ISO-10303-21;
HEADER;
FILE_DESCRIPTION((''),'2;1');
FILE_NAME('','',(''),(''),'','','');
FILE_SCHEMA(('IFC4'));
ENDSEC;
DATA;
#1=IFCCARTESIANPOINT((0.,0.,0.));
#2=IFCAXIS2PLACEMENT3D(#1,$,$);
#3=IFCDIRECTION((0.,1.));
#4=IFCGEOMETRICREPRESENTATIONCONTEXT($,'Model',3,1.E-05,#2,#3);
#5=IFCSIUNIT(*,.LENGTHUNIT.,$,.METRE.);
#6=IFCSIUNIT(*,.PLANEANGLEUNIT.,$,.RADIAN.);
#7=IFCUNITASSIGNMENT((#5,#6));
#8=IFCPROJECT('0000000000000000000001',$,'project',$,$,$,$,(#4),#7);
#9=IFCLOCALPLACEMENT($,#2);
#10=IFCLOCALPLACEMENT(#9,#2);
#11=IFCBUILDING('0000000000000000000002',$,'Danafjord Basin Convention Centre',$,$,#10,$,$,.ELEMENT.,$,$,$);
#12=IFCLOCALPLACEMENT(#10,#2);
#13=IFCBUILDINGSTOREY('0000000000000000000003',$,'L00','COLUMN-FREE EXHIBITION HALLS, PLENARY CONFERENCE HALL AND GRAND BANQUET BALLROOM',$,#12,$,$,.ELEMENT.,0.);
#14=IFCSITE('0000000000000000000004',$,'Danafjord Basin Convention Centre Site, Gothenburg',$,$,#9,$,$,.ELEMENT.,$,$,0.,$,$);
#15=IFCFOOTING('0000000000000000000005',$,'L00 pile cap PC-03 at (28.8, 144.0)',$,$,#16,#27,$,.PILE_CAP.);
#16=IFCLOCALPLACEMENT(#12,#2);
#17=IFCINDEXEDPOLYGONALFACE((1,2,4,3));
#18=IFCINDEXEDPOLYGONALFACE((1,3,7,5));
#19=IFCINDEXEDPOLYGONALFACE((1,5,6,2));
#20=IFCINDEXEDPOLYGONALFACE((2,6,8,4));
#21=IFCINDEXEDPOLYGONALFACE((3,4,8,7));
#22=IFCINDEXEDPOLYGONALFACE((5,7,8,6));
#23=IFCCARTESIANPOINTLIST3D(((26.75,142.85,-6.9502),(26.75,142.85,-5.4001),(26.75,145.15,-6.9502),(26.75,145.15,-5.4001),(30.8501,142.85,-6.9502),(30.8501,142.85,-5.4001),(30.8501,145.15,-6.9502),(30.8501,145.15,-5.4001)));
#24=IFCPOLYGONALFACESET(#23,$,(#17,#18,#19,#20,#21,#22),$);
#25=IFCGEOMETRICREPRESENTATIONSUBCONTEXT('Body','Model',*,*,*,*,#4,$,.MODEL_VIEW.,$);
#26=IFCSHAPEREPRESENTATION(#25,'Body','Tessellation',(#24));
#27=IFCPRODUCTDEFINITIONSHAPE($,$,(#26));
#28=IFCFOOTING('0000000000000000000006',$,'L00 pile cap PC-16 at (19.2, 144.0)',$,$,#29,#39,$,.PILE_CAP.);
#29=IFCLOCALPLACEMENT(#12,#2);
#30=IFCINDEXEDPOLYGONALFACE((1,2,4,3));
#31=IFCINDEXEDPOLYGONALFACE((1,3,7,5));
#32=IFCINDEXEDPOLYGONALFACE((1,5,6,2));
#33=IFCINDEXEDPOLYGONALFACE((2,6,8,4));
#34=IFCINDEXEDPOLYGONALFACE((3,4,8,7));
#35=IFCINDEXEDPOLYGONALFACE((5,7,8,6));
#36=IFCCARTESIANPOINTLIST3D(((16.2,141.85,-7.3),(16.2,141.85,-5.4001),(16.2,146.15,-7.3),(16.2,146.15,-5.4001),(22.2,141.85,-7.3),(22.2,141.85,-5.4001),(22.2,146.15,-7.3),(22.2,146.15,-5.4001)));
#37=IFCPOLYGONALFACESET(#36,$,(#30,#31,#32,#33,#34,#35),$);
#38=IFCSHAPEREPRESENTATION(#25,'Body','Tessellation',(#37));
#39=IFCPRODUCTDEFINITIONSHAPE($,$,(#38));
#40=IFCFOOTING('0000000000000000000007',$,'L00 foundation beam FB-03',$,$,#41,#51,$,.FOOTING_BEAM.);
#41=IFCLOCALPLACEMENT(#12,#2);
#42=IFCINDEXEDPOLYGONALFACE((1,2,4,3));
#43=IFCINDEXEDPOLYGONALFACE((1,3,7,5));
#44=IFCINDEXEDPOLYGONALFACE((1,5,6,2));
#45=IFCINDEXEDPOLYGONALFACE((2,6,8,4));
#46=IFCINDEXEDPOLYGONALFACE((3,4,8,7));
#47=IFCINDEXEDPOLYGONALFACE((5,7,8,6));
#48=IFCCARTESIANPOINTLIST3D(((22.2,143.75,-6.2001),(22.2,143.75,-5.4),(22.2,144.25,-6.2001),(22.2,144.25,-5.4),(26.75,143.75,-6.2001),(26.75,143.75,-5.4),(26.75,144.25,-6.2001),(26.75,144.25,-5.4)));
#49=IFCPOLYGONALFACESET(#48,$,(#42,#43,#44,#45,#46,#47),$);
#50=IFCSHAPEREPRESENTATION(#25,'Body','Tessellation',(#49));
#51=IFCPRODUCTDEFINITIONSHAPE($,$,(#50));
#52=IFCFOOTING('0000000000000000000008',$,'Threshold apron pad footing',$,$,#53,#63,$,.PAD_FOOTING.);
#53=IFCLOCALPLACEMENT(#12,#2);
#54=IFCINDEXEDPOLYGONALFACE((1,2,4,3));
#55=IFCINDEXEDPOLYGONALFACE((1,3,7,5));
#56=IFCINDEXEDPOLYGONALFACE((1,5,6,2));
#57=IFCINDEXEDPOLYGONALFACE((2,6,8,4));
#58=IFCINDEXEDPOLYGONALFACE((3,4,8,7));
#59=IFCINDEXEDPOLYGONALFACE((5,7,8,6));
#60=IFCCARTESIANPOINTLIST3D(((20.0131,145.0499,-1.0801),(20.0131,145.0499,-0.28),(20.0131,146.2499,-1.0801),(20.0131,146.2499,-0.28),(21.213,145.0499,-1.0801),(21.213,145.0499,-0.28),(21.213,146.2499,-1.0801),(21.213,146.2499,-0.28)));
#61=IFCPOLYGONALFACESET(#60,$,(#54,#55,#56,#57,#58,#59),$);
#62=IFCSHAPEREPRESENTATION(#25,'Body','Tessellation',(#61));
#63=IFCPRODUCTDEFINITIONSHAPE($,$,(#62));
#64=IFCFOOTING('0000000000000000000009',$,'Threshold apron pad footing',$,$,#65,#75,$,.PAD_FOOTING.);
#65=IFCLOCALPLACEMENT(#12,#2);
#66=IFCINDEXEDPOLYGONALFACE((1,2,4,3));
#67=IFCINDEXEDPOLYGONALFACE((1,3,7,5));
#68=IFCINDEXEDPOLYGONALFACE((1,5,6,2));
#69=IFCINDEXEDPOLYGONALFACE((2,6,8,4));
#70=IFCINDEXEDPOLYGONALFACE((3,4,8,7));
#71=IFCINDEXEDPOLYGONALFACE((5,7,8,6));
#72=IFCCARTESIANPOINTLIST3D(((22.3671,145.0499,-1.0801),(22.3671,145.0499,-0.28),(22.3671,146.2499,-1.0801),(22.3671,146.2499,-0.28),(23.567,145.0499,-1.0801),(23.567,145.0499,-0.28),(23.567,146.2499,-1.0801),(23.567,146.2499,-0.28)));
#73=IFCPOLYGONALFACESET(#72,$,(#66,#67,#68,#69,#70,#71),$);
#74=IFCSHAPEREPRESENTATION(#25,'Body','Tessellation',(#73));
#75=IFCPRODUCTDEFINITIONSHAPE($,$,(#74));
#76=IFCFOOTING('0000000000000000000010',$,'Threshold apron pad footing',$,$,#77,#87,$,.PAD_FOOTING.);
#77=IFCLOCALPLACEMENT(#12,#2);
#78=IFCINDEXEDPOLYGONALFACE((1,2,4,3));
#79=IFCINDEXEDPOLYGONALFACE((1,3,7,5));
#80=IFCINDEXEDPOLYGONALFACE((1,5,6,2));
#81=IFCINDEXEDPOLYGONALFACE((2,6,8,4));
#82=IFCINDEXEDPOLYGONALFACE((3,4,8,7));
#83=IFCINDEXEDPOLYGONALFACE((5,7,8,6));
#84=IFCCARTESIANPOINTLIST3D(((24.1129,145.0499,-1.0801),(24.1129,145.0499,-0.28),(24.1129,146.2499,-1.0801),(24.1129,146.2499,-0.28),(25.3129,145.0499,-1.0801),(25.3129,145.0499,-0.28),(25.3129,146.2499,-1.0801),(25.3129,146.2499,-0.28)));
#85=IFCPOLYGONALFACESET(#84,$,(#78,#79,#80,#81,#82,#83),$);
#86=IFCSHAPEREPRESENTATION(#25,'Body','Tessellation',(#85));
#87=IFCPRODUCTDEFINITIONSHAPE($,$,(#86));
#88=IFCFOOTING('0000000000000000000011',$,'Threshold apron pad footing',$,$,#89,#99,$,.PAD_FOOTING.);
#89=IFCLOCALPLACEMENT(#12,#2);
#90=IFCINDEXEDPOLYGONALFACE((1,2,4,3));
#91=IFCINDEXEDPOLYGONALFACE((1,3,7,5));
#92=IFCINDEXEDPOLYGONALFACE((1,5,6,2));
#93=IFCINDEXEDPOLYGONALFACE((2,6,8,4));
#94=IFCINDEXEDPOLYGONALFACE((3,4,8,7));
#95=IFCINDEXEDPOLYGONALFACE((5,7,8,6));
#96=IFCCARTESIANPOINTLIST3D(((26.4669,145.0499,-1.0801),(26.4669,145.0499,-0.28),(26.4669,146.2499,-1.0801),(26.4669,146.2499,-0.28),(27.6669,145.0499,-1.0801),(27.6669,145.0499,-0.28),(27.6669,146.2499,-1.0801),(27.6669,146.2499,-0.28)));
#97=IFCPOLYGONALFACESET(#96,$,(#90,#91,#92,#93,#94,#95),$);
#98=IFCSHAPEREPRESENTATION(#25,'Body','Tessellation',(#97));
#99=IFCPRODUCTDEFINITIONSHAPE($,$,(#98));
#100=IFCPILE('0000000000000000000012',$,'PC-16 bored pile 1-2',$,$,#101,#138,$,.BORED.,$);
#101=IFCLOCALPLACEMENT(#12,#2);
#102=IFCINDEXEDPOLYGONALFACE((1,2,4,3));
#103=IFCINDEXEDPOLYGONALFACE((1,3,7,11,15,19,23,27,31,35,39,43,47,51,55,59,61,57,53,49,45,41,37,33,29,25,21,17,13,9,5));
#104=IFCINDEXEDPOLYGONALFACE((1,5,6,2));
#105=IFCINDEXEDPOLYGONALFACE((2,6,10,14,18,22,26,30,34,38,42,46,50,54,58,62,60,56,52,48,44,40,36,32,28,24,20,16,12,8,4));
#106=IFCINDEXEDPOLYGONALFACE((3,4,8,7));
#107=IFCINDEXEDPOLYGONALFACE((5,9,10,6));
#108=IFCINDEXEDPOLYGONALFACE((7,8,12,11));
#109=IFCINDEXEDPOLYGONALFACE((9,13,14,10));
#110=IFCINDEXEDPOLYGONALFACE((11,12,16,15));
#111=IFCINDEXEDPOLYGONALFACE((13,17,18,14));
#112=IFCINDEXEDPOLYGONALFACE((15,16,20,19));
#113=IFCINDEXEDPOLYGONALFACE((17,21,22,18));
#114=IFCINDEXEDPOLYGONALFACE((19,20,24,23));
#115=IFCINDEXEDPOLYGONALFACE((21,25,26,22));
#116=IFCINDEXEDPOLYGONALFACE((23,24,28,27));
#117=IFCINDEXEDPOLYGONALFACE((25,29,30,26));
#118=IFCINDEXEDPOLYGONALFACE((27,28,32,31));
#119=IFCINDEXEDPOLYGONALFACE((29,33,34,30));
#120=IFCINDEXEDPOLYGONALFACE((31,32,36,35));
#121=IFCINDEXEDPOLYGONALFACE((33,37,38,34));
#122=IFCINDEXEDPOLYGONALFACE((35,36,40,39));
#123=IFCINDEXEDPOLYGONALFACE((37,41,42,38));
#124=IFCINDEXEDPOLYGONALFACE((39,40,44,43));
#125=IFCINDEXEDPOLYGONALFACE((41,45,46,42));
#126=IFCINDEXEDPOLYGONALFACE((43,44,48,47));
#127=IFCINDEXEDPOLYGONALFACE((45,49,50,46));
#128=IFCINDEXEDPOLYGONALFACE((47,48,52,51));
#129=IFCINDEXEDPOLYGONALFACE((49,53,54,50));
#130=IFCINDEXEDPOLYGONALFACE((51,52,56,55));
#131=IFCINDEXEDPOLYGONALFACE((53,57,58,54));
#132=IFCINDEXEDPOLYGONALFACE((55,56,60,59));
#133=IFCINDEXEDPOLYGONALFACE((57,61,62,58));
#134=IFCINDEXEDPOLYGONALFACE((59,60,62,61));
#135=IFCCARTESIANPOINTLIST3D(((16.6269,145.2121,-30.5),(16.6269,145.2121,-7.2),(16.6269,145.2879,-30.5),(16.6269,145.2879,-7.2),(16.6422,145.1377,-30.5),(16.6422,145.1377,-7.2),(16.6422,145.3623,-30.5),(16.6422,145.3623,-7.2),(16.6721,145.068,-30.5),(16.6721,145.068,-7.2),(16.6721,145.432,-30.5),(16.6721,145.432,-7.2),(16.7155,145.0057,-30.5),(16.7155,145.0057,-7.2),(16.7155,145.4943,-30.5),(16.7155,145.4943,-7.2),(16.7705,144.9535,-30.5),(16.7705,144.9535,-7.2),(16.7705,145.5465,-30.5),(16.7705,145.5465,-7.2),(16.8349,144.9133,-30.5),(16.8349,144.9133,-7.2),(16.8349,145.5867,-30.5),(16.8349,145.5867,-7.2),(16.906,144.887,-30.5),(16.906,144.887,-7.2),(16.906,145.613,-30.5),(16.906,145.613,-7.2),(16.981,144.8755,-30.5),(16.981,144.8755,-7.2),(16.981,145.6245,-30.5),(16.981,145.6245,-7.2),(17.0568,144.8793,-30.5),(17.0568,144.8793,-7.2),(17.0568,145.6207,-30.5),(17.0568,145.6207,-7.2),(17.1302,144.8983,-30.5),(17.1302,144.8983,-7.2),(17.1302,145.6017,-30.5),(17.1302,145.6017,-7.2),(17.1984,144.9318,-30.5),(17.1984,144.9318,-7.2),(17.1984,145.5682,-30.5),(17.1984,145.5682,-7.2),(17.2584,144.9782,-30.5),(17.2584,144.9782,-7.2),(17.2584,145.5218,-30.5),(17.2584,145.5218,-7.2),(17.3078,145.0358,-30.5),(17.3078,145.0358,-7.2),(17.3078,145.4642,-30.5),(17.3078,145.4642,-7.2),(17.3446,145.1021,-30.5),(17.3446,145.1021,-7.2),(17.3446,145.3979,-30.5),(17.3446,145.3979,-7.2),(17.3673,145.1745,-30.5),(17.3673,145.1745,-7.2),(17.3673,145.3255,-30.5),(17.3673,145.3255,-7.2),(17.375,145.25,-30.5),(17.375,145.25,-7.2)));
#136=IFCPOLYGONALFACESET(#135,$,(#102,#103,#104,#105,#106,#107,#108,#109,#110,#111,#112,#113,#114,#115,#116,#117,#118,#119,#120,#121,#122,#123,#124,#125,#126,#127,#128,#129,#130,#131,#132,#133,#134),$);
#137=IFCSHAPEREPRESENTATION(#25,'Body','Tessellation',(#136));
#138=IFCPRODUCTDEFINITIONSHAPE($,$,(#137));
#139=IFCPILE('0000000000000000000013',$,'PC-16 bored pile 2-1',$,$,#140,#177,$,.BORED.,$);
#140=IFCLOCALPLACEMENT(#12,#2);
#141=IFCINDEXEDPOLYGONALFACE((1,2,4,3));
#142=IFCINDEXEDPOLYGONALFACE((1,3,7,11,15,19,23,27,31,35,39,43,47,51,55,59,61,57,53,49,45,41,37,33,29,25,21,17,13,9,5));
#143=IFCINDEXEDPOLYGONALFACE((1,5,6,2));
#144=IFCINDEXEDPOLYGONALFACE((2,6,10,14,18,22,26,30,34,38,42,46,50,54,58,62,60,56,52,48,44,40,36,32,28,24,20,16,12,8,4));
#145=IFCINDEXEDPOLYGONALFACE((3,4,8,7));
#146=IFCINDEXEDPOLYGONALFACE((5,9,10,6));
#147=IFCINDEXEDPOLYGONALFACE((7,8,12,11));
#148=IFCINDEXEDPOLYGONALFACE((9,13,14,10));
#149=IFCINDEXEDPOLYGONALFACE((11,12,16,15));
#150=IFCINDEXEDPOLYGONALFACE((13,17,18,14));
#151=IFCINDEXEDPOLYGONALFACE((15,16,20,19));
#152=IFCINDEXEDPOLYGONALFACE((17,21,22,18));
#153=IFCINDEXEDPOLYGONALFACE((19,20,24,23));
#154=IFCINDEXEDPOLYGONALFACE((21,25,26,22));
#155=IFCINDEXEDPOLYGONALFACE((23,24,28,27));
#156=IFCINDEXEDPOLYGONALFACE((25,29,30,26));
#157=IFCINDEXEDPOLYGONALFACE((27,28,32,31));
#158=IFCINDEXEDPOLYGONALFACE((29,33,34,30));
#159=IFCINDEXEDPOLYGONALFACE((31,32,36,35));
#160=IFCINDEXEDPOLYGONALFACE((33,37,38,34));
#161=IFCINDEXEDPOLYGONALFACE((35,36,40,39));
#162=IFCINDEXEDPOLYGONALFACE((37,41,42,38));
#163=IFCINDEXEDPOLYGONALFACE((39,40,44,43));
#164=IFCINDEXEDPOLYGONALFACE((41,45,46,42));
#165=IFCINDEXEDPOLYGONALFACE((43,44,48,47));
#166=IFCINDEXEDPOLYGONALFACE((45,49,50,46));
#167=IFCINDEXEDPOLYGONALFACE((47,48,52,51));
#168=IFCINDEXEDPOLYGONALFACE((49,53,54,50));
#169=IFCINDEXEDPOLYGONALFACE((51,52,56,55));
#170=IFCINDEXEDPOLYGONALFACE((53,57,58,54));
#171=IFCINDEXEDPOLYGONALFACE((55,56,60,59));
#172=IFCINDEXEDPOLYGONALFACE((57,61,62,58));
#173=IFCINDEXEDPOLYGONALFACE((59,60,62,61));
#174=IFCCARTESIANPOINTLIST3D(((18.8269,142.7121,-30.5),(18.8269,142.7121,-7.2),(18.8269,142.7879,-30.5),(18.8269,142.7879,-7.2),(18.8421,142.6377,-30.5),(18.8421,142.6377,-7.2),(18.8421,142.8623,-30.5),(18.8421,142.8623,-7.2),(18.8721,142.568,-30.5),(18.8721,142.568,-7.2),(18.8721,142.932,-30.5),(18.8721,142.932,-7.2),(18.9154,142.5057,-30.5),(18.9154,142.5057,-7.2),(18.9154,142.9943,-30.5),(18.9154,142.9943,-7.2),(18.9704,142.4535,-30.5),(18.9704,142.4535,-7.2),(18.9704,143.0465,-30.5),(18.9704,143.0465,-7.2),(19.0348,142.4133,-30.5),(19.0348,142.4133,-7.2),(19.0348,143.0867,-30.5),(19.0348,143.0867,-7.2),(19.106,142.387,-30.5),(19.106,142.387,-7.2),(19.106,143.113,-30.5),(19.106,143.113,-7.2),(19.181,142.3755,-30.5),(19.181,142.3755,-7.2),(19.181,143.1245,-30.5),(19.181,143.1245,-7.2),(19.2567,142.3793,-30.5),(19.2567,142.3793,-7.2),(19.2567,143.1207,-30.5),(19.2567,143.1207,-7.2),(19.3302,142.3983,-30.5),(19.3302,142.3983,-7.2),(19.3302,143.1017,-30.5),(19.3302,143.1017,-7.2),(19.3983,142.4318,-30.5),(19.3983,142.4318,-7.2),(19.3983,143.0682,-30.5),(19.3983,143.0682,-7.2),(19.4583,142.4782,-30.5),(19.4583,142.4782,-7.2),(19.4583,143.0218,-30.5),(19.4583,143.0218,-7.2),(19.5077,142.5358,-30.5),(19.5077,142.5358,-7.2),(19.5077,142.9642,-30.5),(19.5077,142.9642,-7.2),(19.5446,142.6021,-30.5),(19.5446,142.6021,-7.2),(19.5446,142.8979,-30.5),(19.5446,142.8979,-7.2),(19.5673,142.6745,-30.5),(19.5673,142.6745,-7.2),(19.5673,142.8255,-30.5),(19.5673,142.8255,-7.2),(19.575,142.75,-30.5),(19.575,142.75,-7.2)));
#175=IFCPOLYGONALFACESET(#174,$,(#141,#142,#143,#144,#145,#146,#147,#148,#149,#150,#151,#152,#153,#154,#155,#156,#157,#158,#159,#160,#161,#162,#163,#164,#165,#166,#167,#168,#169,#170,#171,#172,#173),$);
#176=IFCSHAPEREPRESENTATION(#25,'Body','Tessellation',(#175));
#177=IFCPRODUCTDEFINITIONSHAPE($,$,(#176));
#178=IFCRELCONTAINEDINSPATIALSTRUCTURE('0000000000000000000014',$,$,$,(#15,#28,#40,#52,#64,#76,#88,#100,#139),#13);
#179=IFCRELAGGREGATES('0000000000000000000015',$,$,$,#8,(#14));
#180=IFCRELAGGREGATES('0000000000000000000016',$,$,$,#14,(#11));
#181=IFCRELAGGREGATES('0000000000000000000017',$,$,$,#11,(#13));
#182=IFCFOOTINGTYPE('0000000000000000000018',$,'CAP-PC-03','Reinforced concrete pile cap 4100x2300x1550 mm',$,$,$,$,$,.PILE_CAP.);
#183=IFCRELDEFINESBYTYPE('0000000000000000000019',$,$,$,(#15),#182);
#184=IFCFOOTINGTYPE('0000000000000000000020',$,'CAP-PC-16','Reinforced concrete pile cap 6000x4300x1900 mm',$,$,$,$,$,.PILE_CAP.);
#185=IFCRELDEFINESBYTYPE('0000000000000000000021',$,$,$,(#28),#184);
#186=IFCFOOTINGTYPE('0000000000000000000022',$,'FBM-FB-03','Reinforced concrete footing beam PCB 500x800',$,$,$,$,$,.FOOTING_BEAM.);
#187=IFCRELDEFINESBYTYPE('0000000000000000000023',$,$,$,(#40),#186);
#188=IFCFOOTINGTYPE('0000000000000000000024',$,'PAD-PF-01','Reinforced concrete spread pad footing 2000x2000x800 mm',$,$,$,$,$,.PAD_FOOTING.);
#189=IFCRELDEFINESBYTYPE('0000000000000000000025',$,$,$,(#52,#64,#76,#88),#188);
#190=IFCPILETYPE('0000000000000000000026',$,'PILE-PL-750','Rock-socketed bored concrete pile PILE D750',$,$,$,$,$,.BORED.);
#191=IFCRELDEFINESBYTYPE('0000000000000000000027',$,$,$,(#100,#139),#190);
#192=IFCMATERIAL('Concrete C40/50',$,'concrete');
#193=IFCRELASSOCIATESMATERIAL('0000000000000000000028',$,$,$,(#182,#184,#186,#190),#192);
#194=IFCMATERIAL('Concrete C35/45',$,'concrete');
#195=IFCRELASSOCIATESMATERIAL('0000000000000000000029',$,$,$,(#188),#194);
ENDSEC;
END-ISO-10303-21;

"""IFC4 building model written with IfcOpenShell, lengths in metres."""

from ifc_helpers import new_model, si_unit, direction, frame, origin, origin_2d, place, context, subcontext, project, spatial, rectangle, circle, extrude, material, material_profile, profile_set, type_object, element, save


model = new_model("IFC4")

# Units and contexts
model_context = context("Model", 3, precision=1e-05, world=origin(), true_north=direction((0.0, 1.0)))
body_context = subcontext(model_context, "Body", "Model", "MODEL_VIEW")
ifc_project = project(units=[si_unit("LENGTHUNIT", "METRE"), si_unit("PLANEANGLEUNIT", "RADIAN")], contexts=[model_context])

# Site, building, storey
site_placement = place(None, origin())
site = spatial("IfcSite", under=ifc_project, at=site_placement, Name="Danafjord Basin Convention Centre Site, Gothenburg", CompositionType="ELEMENT", RefElevation=0.0)
building_placement = place(site_placement, origin())
building = spatial("IfcBuilding", under=site, at=building_placement, Name="Danafjord Basin Convention Centre", CompositionType="ELEMENT")
storey_placement = place(building_placement, origin())
storey = spatial("IfcBuildingStorey", under=building, at=storey_placement, Name="L00", Description="COLUMN-FREE EXHIBITION HALLS, PLENARY CONFERENCE HALL AND GRAND BANQUET BALLROOM", CompositionType="ELEMENT", Elevation=0.0)

# Footings
ifc_material_1 = material(Name="Concrete C40/50", Category="concrete")
footing_type_1 = type_object("IfcFootingType", Name="CAP-PC-03", Description="Reinforced concrete pile cap 4100x2300x1550 mm", PredefinedType="PILE_CAP", material=ifc_material_1)
footing_1_placement = place(storey_placement, frame((28.8, 144.0, -6.9502), z_axis=(0.0, 0.0, 1.0), x_axis=(1.0, 0.0, 0.0)))
element("IfcFooting", 1, at=footing_1_placement, inside=storey, type_object=footing_type_1, Name="L00 pile cap PC-03 at (28.8, 144.0)", PredefinedType="PILE_CAP", context=body_context, shape_type="SweptSolid", body=[
    extrude(rectangle(XDim=4.1001, YDim=2.3, at=origin_2d()), origin(), (0.0, 0.0, 1.0), 1.55),
])
footing_type_2 = type_object("IfcFootingType", Name="CAP-PC-16", Description="Reinforced concrete pile cap 6000x4300x1900 mm", PredefinedType="PILE_CAP", material=ifc_material_1)
footing_2_placement = place(storey_placement, frame((19.2, 144.0, -7.3), z_axis=(0.0, 0.0, 1.0), x_axis=(1.0, 0.0, 0.0)))
element("IfcFooting", 2, at=footing_2_placement, inside=storey, type_object=footing_type_2, Name="L00 pile cap PC-16 at (19.2, 144.0)", PredefinedType="PILE_CAP", context=body_context, shape_type="SweptSolid", body=[
    extrude(rectangle(XDim=6.0, YDim=4.3, at=origin_2d()), origin(), (0.0, 0.0, 1.0), 1.8999),
])
ifc_material_profile_1 = material_profile(ifc_material_1, rectangle(XDim=0.5, YDim=0.8, at=origin_2d()), Name="PCB 500x800")
ifc_profile_set_1 = profile_set([ifc_material_profile_1], Name="Concrete C40/50")
footing_type_3 = type_object("IfcFootingType", Name="FBM-FB-03", Description="Reinforced concrete footing beam PCB 500x800", PredefinedType="FOOTING_BEAM", material=ifc_profile_set_1)
footing_3_placement = place(storey_placement, frame((22.2, 144.0, -5.8), z_axis=(1.0, 0.0, 0.0), x_axis=(0.0, 1.0, 0.0)))
element("IfcFooting", 3, at=footing_3_placement, inside=storey, type_object=footing_type_3, Name="L00 foundation beam FB-03", PredefinedType="FOOTING_BEAM", context=body_context, shape_type="SweptSolid", body=[
    extrude(rectangle(XDim=0.5, YDim=0.8, at=origin_2d()), origin(), (0.0, 0.0, 1.0), 4.55),
])
ifc_material_2 = material(Name="Concrete C35/45", Category="concrete")
footing_type_4 = type_object("IfcFootingType", Name="PAD-PF-01", Description="Reinforced concrete spread pad footing 2000x2000x800 mm", PredefinedType="PAD_FOOTING", material=ifc_material_2)
for number, where, z_axis, x_axis, name in (
    (4, (20.613, 145.6499, -1.0801), (0.0, 0.0, 1.0), (1.0, 0.0, 0.0), "Threshold apron pad footing"),
    (5, (22.967, 145.6499, -1.0801), (0.0, 0.0, 1.0), (1.0, 0.0, 0.0), "Threshold apron pad footing"),
    (6, (24.7129, 145.6499, -1.0801), (0.0, 0.0, 1.0), (1.0, 0.0, 0.0), "Threshold apron pad footing"),
    (7, (27.0669, 145.6499, -1.0801), (0.0, 0.0, 1.0), (1.0, 0.0, 0.0), "Threshold apron pad footing"),
):
    element("IfcFooting", number, at=place(storey_placement, frame(where, z_axis=z_axis, x_axis=x_axis)), inside=storey, type_object=footing_type_4, Name=name, PredefinedType="PAD_FOOTING", context=body_context, shape_type="SweptSolid", body=[
        extrude(rectangle(XDim=1.2, YDim=1.2, at=origin_2d()), origin(), (0.0, 0.0, 1.0), 0.8),
    ])

# Piles
ifc_material_profile_2 = material_profile(ifc_material_1, circle(Radius=0.375, at=origin_2d()), Name="PILE D750")
ifc_profile_set_2 = profile_set([ifc_material_profile_2], Name="Concrete C40/50")
pile_type_1 = type_object("IfcPileType", Name="PILE-PL-750", Description="Rock-socketed bored concrete pile PILE D750", PredefinedType="BORED", material=ifc_profile_set_2)
for number, where, z_axis, x_axis, name in (
    (8, (17.0, 145.25, -7.2), (0.0, 0.0, -1.0), (1.0, 0.0, 0.0), "PC-16 bored pile 1-2"),
    (9, (19.2, 142.75, -7.2), (0.0, 0.0, -1.0), (1.0, 0.0, 0.0), "PC-16 bored pile 2-1"),
):
    element("IfcPile", number, at=place(storey_placement, frame(where, z_axis=z_axis, x_axis=x_axis)), inside=storey, type_object=pile_type_1, Name=name, PredefinedType="BORED", context=body_context, shape_type="SweptSolid", body=[
        extrude(circle(Radius=0.375, at=origin_2d()), origin(), (0.0, 0.0, 1.0), 23.3),
    ])

save(model, "model.ifc")
